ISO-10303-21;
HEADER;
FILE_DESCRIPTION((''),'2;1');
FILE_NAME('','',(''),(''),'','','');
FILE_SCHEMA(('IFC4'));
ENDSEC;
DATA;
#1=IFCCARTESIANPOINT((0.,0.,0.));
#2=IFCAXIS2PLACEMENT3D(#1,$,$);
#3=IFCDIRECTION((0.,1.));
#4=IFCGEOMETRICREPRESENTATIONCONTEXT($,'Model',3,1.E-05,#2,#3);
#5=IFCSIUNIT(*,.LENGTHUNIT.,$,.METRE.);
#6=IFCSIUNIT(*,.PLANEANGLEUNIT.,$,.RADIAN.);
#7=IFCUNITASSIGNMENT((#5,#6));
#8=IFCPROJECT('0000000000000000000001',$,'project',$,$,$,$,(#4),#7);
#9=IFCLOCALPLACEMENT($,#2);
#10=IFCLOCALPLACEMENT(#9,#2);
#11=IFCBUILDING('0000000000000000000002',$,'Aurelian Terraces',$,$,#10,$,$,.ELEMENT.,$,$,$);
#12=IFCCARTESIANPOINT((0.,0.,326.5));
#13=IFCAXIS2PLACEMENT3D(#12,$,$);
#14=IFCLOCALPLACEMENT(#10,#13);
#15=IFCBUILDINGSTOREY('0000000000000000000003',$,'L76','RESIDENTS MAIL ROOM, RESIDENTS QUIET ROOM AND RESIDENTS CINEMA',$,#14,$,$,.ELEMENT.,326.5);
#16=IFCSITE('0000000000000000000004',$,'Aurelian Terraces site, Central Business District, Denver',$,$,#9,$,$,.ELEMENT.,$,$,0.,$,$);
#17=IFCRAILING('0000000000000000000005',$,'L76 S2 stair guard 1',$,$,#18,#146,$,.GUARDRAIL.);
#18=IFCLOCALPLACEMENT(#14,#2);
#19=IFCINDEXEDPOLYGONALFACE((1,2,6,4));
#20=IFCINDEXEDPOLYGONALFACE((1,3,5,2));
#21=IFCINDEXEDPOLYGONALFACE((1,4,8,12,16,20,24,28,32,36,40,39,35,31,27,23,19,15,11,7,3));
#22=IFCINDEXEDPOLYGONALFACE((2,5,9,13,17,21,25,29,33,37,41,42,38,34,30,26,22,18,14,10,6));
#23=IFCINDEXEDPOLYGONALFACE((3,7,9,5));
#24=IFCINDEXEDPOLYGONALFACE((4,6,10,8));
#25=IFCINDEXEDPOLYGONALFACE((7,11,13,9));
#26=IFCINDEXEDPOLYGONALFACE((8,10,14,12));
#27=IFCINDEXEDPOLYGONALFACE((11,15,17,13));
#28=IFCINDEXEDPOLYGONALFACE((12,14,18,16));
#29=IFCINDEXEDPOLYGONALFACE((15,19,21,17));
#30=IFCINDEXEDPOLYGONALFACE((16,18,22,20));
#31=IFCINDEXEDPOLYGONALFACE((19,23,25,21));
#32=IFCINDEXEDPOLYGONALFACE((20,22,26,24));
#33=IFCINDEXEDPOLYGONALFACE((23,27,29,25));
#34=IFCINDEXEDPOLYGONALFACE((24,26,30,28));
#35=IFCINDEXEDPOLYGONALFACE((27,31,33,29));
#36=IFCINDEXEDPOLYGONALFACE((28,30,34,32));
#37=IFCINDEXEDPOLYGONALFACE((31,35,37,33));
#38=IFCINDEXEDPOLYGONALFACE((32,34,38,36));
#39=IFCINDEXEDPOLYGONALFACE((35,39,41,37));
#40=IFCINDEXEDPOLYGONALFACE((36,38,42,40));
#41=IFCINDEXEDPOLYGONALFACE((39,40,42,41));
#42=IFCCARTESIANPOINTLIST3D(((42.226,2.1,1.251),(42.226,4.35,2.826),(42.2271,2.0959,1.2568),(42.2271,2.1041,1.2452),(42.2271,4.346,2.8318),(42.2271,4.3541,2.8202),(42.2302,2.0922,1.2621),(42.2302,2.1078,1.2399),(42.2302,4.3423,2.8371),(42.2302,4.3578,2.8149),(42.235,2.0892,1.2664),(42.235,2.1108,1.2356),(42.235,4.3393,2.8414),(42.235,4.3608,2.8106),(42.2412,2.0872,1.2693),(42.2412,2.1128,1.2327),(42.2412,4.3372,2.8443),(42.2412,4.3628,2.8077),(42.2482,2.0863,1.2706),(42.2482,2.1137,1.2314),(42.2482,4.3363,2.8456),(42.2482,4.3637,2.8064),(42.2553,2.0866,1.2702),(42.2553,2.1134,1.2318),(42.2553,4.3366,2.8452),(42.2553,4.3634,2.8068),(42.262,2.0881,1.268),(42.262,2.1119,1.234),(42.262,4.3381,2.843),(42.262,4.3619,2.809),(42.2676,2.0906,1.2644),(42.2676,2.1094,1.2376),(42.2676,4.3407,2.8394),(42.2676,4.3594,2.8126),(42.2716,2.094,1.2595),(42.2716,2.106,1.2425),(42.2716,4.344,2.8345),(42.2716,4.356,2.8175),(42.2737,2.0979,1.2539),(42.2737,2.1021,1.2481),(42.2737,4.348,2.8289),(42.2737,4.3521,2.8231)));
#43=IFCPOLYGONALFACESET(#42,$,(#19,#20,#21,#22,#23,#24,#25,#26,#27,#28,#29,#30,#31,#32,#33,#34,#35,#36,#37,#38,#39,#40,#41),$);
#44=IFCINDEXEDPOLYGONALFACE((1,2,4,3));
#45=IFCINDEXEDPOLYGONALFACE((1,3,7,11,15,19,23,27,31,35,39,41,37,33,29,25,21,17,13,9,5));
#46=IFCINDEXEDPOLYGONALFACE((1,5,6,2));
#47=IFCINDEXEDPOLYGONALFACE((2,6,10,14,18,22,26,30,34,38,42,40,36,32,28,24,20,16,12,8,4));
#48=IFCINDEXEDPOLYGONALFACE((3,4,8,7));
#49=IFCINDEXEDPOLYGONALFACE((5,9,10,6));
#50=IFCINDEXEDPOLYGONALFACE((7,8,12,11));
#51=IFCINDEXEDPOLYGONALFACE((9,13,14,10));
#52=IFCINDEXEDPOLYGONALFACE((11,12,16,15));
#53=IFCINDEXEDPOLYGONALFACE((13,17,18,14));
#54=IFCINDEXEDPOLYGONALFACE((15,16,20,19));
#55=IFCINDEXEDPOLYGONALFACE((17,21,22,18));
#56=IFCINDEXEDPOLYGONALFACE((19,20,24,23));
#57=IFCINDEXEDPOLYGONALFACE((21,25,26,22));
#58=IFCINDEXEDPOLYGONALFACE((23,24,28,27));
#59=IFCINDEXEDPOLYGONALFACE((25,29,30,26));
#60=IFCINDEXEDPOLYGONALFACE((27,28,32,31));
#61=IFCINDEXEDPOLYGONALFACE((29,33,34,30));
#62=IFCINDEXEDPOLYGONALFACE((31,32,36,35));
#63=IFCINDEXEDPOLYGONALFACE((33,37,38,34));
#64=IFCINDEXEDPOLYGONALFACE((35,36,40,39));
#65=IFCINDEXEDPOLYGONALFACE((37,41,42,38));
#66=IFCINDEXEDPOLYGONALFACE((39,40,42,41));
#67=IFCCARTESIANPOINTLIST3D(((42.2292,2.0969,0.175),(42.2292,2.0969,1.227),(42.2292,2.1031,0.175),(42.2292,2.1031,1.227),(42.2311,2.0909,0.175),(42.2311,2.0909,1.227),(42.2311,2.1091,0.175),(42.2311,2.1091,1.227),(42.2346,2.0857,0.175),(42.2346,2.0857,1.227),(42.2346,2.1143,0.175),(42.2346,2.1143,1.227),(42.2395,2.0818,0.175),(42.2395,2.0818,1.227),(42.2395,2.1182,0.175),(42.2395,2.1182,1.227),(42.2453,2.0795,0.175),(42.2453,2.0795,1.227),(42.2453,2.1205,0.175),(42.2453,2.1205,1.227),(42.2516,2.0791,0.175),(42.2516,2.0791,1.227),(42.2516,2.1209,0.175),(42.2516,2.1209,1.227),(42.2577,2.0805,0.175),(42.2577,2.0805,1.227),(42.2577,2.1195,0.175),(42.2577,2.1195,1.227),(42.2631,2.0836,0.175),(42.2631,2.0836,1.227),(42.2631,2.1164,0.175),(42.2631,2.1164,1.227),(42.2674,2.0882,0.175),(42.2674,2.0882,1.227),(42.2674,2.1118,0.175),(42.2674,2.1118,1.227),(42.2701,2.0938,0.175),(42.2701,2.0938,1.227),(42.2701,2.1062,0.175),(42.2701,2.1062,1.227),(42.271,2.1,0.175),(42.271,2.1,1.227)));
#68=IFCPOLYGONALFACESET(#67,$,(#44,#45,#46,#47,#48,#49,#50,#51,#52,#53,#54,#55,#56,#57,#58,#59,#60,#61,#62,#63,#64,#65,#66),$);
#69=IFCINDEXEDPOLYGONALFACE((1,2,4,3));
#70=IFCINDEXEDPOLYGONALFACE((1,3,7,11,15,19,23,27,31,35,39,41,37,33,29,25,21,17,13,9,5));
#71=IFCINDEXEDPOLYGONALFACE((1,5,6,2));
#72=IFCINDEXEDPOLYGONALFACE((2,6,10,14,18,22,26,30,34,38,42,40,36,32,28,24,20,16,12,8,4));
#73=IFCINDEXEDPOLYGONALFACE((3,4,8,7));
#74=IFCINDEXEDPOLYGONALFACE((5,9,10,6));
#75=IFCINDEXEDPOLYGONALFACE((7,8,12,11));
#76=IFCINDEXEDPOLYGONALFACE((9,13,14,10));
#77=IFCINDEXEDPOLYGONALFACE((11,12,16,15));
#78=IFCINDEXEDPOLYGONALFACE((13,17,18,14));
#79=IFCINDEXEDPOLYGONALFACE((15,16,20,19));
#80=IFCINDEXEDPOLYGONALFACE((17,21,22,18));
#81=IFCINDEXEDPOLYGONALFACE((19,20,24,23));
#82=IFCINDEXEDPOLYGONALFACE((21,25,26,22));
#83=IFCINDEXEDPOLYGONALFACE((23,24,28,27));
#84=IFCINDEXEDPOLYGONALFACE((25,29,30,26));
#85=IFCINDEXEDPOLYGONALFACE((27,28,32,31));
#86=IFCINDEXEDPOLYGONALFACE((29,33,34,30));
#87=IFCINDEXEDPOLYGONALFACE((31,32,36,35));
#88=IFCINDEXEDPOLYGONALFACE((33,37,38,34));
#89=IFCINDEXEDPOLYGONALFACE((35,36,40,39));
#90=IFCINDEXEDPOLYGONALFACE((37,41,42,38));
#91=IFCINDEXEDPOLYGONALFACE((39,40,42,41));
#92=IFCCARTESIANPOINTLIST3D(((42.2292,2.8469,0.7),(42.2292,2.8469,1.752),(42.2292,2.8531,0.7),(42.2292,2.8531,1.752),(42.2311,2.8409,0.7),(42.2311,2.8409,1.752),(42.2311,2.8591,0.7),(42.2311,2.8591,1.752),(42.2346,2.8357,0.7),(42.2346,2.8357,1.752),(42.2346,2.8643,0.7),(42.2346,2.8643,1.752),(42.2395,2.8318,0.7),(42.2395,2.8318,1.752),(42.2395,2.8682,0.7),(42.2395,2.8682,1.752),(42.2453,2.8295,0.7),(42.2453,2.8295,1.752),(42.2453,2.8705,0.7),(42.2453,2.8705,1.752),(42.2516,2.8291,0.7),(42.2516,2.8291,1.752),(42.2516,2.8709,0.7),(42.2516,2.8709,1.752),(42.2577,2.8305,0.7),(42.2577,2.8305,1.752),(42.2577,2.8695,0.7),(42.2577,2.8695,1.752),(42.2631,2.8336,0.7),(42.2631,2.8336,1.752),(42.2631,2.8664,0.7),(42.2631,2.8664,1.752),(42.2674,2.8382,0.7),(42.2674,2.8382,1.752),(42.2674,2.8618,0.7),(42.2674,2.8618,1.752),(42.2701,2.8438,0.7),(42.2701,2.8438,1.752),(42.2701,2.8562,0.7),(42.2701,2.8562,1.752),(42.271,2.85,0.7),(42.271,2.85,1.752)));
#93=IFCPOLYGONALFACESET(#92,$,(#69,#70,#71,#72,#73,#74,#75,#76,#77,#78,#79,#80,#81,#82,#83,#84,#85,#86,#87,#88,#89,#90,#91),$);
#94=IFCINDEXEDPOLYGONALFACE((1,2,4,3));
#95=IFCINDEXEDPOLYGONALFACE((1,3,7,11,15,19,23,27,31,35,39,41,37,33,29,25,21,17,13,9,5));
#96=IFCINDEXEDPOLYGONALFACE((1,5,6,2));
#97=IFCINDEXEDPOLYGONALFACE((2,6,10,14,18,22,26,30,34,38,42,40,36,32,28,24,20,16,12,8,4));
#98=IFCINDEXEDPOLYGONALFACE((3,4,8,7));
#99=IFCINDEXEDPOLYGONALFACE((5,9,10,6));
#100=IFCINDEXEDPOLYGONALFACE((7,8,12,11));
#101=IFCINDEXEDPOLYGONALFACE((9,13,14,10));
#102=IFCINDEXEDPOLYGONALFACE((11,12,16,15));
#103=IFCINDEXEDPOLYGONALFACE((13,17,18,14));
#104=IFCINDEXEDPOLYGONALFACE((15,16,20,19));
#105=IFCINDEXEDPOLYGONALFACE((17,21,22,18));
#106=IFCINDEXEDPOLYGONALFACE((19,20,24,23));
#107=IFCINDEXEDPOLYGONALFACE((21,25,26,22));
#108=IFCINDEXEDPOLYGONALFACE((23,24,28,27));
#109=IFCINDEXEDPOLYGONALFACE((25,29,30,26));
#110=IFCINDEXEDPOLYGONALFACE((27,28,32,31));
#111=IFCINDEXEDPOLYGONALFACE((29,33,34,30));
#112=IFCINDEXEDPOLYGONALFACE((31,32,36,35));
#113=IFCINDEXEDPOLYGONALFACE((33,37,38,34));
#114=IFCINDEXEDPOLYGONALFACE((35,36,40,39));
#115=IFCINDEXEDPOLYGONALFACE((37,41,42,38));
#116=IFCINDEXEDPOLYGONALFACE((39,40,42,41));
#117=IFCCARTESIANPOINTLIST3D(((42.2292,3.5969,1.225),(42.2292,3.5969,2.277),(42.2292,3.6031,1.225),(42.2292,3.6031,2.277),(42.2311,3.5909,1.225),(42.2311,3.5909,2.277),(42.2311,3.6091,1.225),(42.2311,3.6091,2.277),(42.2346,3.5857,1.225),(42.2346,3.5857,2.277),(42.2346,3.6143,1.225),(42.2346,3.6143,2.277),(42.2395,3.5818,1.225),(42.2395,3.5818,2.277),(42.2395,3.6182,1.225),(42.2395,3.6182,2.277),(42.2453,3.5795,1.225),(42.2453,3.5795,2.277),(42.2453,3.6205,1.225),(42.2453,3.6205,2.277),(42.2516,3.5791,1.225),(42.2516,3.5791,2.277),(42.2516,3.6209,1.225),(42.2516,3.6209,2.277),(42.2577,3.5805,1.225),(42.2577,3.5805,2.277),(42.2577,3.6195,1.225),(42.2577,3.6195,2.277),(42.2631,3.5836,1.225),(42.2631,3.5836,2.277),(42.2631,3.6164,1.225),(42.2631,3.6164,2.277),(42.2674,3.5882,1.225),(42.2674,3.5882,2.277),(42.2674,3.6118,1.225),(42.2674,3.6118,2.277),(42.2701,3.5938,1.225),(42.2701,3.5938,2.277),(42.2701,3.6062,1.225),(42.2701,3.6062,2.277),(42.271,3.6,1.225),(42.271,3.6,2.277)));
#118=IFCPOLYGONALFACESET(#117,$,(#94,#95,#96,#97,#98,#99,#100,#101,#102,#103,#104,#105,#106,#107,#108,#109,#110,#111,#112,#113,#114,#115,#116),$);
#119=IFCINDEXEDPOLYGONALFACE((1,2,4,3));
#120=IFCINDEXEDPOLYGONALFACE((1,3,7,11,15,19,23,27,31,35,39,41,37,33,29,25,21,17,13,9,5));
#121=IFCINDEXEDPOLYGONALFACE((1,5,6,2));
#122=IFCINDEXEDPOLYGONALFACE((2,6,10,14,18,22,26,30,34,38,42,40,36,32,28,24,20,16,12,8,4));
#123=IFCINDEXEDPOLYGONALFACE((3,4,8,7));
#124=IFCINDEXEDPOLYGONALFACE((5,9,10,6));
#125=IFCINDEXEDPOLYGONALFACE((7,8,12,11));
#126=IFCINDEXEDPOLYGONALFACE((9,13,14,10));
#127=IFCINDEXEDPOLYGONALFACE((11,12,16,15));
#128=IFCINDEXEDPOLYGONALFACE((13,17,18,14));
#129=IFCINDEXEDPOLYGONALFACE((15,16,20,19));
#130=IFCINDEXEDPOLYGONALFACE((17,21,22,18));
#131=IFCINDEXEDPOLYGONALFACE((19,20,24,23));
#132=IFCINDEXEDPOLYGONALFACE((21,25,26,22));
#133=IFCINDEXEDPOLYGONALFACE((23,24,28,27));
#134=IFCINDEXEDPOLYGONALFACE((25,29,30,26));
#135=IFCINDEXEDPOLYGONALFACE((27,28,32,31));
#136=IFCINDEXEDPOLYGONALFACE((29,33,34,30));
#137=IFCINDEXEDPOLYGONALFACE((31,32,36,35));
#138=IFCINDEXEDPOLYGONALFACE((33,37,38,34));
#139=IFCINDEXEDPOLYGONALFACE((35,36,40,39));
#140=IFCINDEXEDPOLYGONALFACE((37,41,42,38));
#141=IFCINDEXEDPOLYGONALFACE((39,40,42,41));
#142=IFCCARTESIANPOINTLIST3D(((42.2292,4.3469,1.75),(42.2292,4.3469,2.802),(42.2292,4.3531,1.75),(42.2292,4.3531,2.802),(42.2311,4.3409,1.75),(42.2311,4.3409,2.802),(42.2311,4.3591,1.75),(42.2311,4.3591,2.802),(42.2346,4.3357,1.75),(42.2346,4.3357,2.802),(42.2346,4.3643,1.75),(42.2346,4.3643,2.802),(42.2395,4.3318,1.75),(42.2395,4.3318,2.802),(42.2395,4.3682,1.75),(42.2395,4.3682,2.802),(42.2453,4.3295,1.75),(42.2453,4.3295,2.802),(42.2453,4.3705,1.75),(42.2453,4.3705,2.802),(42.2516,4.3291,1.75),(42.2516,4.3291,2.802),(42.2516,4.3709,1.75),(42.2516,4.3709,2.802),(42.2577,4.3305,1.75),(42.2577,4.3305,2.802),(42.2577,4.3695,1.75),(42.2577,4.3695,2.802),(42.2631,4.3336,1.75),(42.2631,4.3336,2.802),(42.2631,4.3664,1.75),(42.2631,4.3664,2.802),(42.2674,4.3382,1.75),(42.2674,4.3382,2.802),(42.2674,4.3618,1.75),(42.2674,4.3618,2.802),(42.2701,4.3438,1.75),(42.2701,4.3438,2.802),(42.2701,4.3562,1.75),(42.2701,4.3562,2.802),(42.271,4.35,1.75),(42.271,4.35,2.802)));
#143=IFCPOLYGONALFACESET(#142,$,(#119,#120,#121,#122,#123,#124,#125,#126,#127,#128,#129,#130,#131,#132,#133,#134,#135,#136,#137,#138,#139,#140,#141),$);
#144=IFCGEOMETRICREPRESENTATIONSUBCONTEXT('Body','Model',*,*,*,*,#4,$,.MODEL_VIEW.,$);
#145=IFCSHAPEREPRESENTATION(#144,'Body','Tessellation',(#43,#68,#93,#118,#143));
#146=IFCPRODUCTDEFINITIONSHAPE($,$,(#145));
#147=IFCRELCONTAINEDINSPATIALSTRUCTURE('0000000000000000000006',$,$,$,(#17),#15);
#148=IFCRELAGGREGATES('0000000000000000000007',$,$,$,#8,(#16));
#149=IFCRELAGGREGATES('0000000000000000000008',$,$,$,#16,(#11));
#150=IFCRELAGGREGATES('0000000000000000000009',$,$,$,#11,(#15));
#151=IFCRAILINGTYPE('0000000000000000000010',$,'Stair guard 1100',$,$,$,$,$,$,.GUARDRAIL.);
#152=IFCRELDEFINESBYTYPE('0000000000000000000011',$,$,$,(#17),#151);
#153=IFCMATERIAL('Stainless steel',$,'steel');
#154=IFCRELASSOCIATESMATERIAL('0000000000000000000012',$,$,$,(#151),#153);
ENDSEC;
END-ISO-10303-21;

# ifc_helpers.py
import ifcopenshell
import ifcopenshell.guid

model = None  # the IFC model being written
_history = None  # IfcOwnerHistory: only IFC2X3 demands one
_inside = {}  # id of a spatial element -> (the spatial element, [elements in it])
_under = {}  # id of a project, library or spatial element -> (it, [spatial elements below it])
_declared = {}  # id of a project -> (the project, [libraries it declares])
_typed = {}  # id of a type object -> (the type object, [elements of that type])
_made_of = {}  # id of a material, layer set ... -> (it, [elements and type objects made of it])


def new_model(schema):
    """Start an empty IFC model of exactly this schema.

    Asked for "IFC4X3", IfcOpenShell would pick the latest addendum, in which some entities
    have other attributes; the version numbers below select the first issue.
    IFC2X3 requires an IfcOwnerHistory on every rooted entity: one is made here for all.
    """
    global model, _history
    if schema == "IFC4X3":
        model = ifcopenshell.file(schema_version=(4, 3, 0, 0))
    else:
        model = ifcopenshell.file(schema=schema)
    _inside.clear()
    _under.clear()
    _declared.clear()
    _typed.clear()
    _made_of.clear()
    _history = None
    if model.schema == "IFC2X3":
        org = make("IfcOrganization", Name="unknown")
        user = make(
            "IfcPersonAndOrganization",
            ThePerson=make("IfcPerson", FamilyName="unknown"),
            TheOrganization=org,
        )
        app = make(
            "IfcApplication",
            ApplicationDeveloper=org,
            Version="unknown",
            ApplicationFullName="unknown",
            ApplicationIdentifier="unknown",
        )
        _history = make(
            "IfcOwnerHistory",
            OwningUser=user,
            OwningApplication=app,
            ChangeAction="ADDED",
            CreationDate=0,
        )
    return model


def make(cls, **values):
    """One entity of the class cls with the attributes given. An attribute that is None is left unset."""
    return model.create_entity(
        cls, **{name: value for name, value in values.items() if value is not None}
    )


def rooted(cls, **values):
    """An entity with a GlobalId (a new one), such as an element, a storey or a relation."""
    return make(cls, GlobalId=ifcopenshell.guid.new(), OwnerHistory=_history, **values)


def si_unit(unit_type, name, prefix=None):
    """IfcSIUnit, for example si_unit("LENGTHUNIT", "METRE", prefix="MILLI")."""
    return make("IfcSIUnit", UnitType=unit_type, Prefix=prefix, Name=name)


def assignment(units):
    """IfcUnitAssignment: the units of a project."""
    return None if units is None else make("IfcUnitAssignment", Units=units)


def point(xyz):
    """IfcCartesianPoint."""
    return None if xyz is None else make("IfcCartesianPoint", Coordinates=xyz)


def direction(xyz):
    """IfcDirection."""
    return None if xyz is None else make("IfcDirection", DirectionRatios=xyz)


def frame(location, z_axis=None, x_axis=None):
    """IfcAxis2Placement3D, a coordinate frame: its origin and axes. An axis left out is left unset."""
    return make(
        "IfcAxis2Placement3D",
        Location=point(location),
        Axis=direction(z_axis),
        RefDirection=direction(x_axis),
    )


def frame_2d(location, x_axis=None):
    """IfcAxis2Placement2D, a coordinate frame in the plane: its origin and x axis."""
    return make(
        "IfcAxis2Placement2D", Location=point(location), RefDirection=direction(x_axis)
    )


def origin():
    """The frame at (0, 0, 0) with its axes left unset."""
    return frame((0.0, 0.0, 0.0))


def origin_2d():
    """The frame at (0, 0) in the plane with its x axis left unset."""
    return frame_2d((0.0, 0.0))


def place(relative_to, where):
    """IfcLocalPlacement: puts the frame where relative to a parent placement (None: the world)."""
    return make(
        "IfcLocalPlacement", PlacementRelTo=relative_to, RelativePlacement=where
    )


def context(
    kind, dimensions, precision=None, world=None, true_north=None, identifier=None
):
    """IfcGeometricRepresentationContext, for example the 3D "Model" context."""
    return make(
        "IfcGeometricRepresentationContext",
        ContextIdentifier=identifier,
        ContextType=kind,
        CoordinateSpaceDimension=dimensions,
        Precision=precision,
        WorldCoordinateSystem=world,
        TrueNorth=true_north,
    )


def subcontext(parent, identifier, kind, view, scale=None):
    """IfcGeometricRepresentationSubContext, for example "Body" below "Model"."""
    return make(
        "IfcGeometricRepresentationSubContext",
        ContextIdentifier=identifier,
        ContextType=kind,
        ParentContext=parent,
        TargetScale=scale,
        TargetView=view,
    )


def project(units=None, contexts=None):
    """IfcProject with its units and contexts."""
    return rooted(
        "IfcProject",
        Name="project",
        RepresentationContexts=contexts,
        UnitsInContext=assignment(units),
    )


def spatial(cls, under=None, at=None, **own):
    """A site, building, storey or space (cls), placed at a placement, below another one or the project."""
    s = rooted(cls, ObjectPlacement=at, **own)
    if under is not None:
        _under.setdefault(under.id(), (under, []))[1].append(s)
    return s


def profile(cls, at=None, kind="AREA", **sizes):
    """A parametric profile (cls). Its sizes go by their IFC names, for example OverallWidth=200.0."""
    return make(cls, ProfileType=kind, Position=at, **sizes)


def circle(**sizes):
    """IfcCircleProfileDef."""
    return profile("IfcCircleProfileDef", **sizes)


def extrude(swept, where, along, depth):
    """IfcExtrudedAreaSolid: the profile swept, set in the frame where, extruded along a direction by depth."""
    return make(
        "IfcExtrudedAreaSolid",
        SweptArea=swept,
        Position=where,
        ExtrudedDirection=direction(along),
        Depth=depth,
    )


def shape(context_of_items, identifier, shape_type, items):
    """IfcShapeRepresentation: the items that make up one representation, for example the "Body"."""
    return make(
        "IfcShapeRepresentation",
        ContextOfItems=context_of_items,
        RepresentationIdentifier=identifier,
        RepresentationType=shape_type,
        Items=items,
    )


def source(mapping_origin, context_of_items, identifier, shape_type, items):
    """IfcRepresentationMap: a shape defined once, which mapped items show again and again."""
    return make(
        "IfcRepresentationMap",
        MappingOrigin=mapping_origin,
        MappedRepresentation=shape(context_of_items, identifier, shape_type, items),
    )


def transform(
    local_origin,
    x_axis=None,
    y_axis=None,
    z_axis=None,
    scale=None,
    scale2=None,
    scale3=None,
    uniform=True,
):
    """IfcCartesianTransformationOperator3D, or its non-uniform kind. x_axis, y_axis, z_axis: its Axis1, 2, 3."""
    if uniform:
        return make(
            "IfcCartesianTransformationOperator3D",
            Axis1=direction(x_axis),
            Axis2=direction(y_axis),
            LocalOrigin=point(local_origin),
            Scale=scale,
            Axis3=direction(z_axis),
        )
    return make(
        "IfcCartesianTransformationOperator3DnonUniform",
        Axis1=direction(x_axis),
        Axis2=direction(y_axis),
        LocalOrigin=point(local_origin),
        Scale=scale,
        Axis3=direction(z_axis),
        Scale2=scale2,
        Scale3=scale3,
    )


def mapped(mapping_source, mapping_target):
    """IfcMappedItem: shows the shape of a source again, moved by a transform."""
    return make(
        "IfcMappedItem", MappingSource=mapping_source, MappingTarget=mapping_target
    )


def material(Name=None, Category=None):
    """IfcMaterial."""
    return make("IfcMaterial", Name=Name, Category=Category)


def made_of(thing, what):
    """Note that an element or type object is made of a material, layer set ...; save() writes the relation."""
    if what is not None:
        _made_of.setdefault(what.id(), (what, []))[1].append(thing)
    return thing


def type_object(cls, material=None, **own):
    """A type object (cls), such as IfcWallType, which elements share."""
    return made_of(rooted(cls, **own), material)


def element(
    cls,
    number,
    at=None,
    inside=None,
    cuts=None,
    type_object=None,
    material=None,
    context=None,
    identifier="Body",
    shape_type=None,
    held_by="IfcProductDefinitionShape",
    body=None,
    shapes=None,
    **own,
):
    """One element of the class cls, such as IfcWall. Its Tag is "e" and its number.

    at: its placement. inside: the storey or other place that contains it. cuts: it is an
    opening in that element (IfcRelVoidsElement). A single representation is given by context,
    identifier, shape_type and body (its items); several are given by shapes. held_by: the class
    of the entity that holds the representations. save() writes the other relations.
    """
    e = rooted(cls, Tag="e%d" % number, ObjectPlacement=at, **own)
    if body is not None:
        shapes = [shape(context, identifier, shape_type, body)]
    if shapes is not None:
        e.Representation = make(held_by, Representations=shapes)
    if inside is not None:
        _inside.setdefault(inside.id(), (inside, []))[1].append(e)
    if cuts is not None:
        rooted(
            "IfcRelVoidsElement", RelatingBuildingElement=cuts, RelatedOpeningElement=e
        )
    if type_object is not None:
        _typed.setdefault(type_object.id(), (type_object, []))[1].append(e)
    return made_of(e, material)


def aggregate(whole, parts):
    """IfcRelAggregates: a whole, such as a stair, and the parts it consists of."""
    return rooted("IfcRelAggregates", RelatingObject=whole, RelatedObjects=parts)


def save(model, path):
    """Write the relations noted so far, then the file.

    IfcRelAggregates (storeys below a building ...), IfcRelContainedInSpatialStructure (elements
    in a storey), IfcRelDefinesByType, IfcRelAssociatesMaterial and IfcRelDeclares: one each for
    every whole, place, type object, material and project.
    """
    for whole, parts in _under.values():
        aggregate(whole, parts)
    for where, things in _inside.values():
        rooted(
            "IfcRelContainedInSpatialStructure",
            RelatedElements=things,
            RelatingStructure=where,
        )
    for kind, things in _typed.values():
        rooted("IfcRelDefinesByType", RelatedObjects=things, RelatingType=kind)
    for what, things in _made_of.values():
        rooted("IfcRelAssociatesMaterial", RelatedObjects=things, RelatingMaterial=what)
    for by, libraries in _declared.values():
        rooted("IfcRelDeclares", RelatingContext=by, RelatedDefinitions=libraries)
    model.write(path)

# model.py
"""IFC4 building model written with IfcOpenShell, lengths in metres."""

from ifc_helpers import new_model, si_unit, direction, frame, origin, origin_2d, place, context, subcontext, project, spatial, circle, extrude, source, transform, mapped, material, type_object, element, save


model = new_model("IFC4")

# Units and contexts
model_context = context("Model", 3, precision=1e-05, world=origin(), true_north=direction((0.0, 1.0)))
body_context = subcontext(model_context, "Body", "Model", "MODEL_VIEW")
ifc_project = project(units=[si_unit("LENGTHUNIT", "METRE"), si_unit("PLANEANGLEUNIT", "RADIAN")], contexts=[model_context])

# Site, building, storey
site_placement = place(None, origin())
site = spatial("IfcSite", under=ifc_project, at=site_placement, Name="Aurelian Terraces site, Central Business District, Denver", CompositionType="ELEMENT", RefElevation=0.0)
building_placement = place(site_placement, origin())
building = spatial("IfcBuilding", under=site, at=building_placement, Name="Aurelian Terraces", CompositionType="ELEMENT")
storey_placement = place(building_placement, frame((0.0, 0.0, 326.5)))
storey = spatial("IfcBuildingStorey", under=building, at=storey_placement, Name="L76", Description="RESIDENTS MAIL ROOM, RESIDENTS QUIET ROOM AND RESIDENTS CINEMA", CompositionType="ELEMENT", Elevation=326.5)

# Railing
ifc_material_1 = material(Name="Stainless steel", Category="steel")
railing_type_1 = type_object("IfcRailingType", Name="Stair guard 1100", PredefinedType="GUARDRAIL", material=ifc_material_1)
shared_shape_1 = source(origin(), body_context, "Body", "SweptSolid", [
    extrude(circle(Radius=0.024, at=origin_2d()), frame((0.0, 0.0, 1.076), z_axis=(0.0, 0.819232, 0.573462), x_axis=(-1.0, 0.0, 0.0)), (0.0, 0.0, 1.0), 2.7465),
    extrude(circle(Radius=0.021, at=origin_2d()), origin(), (0.0, 0.0, 1.0), 1.052),
    extrude(circle(Radius=0.021, at=origin_2d()), frame((0.0, 0.75, 0.525)), (0.0, 0.0, 1.0), 1.052),
    extrude(circle(Radius=0.021, at=origin_2d()), frame((0.0, 1.5, 1.05)), (0.0, 0.0, 1.0), 1.052),
    extrude(circle(Radius=0.021, at=origin_2d()), frame((0.0, 2.25, 1.575)), (0.0, 0.0, 1.0), 1.052),
])
railing_1_placement = place(storey_placement, frame((42.25, 2.1, 0.175)))
element("IfcRailing", 1, at=railing_1_placement, inside=storey, type_object=railing_type_1, Name="L76 S2 stair guard 1", PredefinedType="GUARDRAIL", context=body_context, shape_type="MappedRepresentation", body=[
    mapped(shared_shape_1, transform((0.0, 0.0, 0.0), scale=1.0)),
])

save(model, "model.ifc")
